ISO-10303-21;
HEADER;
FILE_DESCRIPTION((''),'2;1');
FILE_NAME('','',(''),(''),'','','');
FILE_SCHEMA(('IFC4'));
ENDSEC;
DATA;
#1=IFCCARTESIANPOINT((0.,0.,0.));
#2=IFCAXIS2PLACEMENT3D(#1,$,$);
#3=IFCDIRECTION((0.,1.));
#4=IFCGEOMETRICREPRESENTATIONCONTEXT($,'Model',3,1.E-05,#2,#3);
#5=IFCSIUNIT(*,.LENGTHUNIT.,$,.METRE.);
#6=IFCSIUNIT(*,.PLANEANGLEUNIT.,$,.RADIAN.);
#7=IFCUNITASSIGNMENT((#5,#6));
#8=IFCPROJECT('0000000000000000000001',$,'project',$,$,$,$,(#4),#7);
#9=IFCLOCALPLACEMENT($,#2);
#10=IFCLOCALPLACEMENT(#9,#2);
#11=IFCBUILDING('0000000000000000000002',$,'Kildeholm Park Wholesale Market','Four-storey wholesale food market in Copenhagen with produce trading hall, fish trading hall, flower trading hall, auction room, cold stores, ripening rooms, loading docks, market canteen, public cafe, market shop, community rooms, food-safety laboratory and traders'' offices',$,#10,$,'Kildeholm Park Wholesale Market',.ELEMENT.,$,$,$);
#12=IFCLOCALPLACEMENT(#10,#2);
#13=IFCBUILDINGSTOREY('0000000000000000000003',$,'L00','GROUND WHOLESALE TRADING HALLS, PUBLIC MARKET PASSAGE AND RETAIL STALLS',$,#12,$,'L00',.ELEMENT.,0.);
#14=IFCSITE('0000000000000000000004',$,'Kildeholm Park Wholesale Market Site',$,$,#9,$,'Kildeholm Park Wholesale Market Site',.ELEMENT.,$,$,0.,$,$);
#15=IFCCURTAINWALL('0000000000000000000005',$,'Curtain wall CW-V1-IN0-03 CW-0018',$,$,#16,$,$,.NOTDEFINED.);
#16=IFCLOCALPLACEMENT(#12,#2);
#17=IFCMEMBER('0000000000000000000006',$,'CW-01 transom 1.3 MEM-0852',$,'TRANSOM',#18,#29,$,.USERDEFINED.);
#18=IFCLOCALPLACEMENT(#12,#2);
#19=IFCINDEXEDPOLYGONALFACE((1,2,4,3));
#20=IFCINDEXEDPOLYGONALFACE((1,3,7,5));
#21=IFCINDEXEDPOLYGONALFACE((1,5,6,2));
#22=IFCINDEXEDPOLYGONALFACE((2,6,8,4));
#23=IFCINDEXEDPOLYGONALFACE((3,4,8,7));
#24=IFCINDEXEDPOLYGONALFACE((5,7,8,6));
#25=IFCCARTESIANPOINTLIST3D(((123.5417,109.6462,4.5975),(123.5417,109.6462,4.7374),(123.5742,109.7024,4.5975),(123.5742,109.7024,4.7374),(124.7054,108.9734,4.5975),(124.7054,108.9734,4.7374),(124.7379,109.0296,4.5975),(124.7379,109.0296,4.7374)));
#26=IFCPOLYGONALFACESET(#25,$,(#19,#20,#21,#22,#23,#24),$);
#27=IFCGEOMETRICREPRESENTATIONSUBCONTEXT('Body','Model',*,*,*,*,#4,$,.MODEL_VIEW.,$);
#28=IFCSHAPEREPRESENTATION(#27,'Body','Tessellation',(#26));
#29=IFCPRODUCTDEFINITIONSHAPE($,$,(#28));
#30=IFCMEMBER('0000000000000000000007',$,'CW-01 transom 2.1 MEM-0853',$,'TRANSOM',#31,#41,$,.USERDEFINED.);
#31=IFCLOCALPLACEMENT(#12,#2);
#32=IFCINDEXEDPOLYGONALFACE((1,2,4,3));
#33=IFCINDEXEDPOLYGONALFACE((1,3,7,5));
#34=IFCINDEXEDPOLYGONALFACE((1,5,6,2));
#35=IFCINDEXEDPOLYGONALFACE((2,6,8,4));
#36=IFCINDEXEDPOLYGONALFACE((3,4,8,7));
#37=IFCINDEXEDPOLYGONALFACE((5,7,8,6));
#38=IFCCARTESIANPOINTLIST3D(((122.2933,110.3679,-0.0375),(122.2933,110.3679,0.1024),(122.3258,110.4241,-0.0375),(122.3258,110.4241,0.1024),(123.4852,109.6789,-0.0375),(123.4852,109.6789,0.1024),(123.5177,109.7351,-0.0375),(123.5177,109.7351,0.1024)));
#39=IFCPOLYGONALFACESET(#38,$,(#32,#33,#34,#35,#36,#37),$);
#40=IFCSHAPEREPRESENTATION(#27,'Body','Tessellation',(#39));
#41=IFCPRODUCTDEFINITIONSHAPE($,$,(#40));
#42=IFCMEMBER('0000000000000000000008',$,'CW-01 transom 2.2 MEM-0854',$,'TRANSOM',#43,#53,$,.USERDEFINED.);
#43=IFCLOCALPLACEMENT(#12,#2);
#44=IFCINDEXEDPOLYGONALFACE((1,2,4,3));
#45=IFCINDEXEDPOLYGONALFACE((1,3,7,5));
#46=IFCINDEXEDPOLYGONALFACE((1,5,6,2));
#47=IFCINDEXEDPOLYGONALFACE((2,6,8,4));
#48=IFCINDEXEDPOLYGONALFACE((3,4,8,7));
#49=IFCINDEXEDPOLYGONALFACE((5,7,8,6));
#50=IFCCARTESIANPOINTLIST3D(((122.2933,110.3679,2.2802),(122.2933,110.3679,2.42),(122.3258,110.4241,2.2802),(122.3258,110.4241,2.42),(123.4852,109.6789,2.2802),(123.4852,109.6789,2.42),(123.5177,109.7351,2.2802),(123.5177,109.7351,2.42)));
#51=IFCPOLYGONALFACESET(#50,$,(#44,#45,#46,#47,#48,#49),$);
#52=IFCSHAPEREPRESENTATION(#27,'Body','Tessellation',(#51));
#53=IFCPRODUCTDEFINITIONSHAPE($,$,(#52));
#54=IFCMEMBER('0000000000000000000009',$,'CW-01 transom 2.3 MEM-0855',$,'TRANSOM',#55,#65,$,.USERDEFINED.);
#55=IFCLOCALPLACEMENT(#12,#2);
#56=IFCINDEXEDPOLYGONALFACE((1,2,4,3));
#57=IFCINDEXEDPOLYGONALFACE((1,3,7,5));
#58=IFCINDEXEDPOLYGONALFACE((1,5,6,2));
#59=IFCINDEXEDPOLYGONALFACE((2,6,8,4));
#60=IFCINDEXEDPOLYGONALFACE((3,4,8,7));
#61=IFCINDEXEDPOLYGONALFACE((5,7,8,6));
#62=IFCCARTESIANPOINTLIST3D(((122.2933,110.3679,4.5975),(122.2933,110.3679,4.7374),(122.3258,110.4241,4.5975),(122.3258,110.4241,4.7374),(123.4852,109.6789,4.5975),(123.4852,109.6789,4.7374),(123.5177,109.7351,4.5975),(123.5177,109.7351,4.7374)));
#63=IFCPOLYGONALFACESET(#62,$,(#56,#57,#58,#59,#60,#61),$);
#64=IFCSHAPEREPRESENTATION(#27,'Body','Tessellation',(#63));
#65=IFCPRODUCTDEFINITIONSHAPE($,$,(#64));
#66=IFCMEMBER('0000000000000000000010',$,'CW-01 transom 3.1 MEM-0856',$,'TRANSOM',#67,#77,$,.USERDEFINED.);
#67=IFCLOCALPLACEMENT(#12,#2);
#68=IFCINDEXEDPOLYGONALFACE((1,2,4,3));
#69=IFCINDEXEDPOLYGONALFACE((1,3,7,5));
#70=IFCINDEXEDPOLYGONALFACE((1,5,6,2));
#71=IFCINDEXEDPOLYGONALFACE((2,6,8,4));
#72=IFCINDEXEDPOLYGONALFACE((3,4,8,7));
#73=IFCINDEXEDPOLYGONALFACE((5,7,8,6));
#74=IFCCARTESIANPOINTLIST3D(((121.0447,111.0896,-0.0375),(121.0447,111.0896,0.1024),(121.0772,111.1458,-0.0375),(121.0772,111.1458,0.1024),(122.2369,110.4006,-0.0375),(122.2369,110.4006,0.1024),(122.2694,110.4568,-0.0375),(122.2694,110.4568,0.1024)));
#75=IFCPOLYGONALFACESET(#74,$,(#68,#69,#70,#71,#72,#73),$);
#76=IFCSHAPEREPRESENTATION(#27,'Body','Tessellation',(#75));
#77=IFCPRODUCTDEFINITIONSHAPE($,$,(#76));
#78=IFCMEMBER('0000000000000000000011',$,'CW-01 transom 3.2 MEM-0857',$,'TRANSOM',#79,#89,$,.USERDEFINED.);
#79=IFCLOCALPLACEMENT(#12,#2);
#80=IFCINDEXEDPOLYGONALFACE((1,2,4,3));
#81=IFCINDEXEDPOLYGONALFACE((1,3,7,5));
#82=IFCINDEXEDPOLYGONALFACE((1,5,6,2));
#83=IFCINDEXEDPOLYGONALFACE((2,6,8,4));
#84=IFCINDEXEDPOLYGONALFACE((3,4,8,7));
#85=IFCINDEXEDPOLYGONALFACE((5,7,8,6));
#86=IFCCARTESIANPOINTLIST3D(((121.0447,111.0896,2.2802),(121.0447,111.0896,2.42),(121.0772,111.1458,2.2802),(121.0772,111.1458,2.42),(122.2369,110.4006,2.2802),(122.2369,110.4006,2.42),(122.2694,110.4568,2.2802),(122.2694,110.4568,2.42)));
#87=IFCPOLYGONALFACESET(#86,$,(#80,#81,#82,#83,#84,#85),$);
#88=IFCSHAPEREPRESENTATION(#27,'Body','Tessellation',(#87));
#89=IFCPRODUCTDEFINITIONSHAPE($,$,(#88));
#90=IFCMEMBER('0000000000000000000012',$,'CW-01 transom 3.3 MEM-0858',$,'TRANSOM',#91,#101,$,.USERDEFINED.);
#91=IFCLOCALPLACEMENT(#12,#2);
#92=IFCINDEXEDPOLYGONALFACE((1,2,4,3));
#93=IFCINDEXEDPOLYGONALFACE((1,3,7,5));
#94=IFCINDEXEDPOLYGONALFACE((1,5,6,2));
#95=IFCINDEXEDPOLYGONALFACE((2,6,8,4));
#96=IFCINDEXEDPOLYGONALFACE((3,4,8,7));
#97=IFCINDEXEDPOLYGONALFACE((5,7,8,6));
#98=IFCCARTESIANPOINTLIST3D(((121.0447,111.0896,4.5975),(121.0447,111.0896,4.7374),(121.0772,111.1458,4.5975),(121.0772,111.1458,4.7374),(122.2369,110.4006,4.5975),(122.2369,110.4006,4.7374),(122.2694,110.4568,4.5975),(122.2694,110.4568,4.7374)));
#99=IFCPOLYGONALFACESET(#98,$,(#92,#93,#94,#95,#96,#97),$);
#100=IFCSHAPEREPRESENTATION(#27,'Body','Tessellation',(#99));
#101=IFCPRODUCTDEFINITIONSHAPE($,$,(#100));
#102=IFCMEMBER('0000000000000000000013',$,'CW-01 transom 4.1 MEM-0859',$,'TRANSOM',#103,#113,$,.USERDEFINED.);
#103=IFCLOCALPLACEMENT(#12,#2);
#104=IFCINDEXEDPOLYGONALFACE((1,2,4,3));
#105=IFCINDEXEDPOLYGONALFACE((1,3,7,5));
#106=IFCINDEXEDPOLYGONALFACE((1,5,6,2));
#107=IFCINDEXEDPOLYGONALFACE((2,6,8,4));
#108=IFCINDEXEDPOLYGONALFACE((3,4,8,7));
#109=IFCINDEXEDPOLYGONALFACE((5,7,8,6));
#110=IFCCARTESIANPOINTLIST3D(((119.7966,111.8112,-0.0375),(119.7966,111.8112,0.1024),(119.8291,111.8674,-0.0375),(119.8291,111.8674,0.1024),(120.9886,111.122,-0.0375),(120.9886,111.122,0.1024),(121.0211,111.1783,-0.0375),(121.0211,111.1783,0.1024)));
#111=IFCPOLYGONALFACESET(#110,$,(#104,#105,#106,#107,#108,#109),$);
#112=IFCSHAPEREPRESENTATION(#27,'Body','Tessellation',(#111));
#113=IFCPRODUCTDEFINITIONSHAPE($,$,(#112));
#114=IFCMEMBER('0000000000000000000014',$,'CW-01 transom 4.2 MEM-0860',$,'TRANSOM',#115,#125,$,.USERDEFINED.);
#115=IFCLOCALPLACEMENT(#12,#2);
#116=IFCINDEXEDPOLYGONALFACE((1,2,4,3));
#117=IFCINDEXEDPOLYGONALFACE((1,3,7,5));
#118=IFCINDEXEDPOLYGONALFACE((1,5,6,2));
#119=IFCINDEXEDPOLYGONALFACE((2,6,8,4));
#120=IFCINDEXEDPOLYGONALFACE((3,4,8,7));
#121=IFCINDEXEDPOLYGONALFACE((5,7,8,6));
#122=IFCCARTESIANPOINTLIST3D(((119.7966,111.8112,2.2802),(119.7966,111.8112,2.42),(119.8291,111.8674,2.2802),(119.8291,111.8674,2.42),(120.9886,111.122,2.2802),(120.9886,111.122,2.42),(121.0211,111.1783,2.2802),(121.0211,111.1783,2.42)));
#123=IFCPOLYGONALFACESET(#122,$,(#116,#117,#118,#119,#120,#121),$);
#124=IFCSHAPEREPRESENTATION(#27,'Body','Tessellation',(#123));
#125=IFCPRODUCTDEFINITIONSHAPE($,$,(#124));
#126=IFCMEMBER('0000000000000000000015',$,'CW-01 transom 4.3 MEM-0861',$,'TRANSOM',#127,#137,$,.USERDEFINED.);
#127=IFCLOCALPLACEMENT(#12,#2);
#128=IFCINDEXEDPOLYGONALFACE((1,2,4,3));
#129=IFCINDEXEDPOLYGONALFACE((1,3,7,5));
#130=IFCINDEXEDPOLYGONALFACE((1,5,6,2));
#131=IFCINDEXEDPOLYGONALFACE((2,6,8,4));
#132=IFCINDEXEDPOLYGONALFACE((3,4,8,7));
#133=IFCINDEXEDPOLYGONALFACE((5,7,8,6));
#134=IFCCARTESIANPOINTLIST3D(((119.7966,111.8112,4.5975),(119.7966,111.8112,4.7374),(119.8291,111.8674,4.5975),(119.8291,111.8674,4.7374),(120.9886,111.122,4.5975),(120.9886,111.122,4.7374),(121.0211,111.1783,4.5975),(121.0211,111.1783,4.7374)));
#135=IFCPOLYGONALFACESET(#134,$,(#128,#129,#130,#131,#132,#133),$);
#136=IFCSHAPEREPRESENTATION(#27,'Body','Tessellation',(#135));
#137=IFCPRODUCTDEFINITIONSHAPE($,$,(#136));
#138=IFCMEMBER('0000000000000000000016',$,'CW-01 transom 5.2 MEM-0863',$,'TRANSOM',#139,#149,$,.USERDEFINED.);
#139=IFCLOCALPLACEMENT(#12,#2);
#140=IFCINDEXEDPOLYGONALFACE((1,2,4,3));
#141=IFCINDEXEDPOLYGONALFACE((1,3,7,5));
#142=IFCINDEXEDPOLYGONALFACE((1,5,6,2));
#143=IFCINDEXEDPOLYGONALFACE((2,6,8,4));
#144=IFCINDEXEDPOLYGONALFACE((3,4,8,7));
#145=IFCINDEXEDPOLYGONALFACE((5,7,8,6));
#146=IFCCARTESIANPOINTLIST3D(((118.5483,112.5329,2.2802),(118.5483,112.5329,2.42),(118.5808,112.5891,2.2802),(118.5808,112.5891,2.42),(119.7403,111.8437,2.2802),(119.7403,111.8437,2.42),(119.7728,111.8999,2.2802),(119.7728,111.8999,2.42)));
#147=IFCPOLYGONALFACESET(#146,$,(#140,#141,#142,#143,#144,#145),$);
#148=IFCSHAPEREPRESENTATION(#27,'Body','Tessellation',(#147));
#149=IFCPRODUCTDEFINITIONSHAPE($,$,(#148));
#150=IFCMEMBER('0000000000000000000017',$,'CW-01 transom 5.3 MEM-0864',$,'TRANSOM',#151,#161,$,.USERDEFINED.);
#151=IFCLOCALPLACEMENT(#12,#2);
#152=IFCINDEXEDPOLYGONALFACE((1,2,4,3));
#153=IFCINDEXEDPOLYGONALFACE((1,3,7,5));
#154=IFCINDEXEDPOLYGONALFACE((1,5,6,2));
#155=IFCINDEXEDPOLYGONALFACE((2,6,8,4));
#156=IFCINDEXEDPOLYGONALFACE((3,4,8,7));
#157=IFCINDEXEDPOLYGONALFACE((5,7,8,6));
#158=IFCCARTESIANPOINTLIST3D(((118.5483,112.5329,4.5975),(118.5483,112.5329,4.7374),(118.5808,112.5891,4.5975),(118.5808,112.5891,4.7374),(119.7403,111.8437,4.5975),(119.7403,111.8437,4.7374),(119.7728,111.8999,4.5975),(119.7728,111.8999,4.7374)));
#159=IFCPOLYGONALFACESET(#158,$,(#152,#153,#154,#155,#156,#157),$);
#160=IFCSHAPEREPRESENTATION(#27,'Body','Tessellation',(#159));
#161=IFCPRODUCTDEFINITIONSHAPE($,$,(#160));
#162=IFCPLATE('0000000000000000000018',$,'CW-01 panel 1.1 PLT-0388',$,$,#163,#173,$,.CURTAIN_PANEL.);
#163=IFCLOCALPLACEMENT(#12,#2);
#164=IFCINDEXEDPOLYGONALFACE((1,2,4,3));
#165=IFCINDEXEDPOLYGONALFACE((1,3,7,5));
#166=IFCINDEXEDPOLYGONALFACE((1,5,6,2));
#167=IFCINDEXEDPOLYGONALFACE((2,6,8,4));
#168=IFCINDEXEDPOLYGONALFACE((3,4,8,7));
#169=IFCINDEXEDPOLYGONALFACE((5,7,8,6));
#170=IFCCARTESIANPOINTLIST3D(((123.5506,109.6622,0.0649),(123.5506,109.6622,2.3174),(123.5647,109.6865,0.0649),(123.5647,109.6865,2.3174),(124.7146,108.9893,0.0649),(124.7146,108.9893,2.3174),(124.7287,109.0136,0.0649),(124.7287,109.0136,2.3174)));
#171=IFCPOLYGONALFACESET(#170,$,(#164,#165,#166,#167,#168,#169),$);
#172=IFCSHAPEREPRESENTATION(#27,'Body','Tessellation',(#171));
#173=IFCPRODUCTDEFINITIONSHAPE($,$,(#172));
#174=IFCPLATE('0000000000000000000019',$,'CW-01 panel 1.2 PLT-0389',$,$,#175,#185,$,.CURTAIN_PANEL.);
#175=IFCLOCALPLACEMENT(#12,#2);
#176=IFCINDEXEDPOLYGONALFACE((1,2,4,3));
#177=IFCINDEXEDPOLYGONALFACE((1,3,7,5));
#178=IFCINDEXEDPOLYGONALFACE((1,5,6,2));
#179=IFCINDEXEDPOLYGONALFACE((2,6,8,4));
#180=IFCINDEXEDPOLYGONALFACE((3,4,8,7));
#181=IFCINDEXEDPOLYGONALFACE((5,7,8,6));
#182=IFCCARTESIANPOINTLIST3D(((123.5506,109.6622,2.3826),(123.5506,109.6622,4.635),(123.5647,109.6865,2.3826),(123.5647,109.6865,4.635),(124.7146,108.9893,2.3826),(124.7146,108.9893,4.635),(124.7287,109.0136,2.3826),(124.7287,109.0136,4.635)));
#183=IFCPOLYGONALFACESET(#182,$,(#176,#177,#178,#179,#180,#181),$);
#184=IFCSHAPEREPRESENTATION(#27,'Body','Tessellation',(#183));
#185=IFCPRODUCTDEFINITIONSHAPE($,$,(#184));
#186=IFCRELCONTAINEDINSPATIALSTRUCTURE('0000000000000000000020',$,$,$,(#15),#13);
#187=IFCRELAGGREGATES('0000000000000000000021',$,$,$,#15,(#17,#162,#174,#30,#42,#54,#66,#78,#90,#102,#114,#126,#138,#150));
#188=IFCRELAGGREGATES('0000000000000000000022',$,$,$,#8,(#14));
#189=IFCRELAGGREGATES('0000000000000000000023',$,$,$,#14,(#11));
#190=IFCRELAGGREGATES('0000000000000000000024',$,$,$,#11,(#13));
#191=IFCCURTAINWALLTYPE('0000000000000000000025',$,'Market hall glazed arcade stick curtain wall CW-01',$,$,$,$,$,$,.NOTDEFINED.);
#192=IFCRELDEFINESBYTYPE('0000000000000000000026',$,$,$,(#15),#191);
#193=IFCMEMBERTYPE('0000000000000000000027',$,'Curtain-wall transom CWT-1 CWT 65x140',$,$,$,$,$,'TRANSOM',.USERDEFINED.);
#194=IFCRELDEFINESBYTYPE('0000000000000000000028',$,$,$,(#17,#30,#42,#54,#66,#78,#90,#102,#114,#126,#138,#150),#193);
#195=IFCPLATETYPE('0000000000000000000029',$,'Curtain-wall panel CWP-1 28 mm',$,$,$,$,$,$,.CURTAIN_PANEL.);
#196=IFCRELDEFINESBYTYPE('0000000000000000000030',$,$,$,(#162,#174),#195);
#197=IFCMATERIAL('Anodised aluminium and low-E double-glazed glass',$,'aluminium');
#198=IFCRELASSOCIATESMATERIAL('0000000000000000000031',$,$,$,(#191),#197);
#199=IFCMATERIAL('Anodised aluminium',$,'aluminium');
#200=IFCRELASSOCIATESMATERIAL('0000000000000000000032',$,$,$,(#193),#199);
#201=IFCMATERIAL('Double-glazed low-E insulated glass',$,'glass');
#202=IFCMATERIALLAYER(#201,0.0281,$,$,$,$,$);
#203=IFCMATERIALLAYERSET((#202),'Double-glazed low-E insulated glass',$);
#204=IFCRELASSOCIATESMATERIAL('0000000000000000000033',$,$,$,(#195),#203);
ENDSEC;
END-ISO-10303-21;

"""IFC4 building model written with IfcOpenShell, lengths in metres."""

from ifc_helpers import new_model, si_unit, direction, frame, origin, origin_2d, place, context, subcontext, project, spatial, rectangle, extrude, material, layer, layer_set, material_profile, profile_set, type_object, element, aggregate, save


model = new_model("IFC4")

# Units and contexts
model_context = context("Model", 3, precision=1e-05, world=origin(), true_north=direction((0.0, 1.0)))
body_context = subcontext(model_context, "Body", "Model", "MODEL_VIEW")
ifc_project = project(units=[si_unit("LENGTHUNIT", "METRE"), si_unit("PLANEANGLEUNIT", "RADIAN")], contexts=[model_context])

# Site, building, storey
site_placement = place(None, origin())
site = spatial("IfcSite", under=ifc_project, at=site_placement, Name="Kildeholm Park Wholesale Market Site", LongName="Kildeholm Park Wholesale Market Site", CompositionType="ELEMENT", RefElevation=0.0)
building_placement = place(site_placement, origin())
building = spatial("IfcBuilding", under=site, at=building_placement, Name="Kildeholm Park Wholesale Market", Description="Four-storey wholesale food market in Copenhagen with produce trading hall, fish trading hall, flower trading hall, auction room, cold stores, ripening rooms, loading docks, market canteen, public cafe, market shop, community rooms, food-safety laboratory and traders' offices", LongName="Kildeholm Park Wholesale Market", CompositionType="ELEMENT")
storey_placement = place(building_placement, origin())
storey = spatial("IfcBuildingStorey", under=building, at=storey_placement, Name="L00", Description="GROUND WHOLESALE TRADING HALLS, PUBLIC MARKET PASSAGE AND RETAIL STALLS", LongName="L00", CompositionType="ELEMENT", Elevation=0.0)

# Curtain wall, members, plates
ifc_material_1 = material(Name="Anodised aluminium and low-E double-glazed glass", Category="aluminium")
curtain_wall_type = type_object("IfcCurtainWallType", Name="Market hall glazed arcade stick curtain wall CW-01", PredefinedType="NOTDEFINED", material=ifc_material_1)
curtain_wall_placement = place(storey_placement, origin())
curtain_wall = element("IfcCurtainWall", 1, at=curtain_wall_placement, inside=storey, type_object=curtain_wall_type, Name="Curtain wall CW-V1-IN0-03 CW-0018", PredefinedType="NOTDEFINED")
ifc_material_2 = material(Name="Anodised aluminium", Category="aluminium")
ifc_material_profile_1 = material_profile(ifc_material_2, rectangle(XDim=0.0649, YDim=0.1399, at=origin_2d()), Name="CWT 65x140")
ifc_profile_set_1 = profile_set([ifc_material_profile_1], Name="Anodised aluminium")
member_type_1 = type_object("IfcMemberType", Name="Curtain-wall transom CWT-1 CWT 65x140", ElementType="TRANSOM", PredefinedType="USERDEFINED", material=ifc_profile_set_1)
member_1_placement = place(storey_placement, frame((124.7217, 109.0015, 4.6675), z_axis=(-0.865729, 0.500514, 0.0), x_axis=(-0.500514, -0.865729, 0.0)))
member_1 = element("IfcMember", 2, at=member_1_placement, type_object=member_type_1, Name="CW-01 transom 1.3 MEM-0852", ObjectType="TRANSOM", PredefinedType="USERDEFINED", context=body_context, shape_type="SweptSolid", body=[
    extrude(rectangle(XDim=0.0649, YDim=0.1399, at=origin_2d()), origin(), (0.0, 0.0, 1.0), 1.3442),
])
member_2_placement = place(storey_placement, frame((123.5015, 109.707, 0.0325), z_axis=(-0.865766, 0.500449, 0.0), x_axis=(-0.500449, -0.865766, 0.0)))
member_2 = element("IfcMember", 3, at=member_2_placement, type_object=member_type_1, Name="CW-01 transom 2.1 MEM-0853", ObjectType="TRANSOM", PredefinedType="USERDEFINED", context=body_context, shape_type="SweptSolid", body=[
    extrude(rectangle(XDim=0.0649, YDim=0.1399, at=origin_2d()), origin(), (0.0, 0.0, 1.0), 1.3767),
])
member_3_placement = place(storey_placement, frame((123.5015, 109.707, 2.3501), z_axis=(-0.865766, 0.500449, 0.0), x_axis=(-0.500449, -0.865766, 0.0)))
member_3 = element("IfcMember", 4, at=member_3_placement, type_object=member_type_1, Name="CW-01 transom 2.2 MEM-0854", ObjectType="TRANSOM", PredefinedType="USERDEFINED", context=body_context, shape_type="SweptSolid", body=[
    extrude(rectangle(XDim=0.0649, YDim=0.1399, at=origin_2d()), origin(), (0.0, 0.0, 1.0), 1.3767),
])
member_4_placement = place(storey_placement, frame((123.5015, 109.707, 4.6675), z_axis=(-0.865766, 0.500449, 0.0), x_axis=(-0.500449, -0.865766, 0.0)))
member_4 = element("IfcMember", 5, at=member_4_placement, type_object=member_type_1, Name="CW-01 transom 2.3 MEM-0855", ObjectType="TRANSOM", PredefinedType="USERDEFINED", context=body_context, shape_type="SweptSolid", body=[
    extrude(rectangle(XDim=0.0649, YDim=0.1399, at=origin_2d()), origin(), (0.0, 0.0, 1.0), 1.3767),
])
member_5_placement = place(storey_placement, frame((122.2532, 110.4287, 0.0325), z_axis=(-0.86581, 0.500372, 0.0), x_axis=(-0.500372, -0.86581, 0.0)))
member_5 = element("IfcMember", 6, at=member_5_placement, type_object=member_type_1, Name="CW-01 transom 3.1 MEM-0856", ObjectType="TRANSOM", PredefinedType="USERDEFINED", context=body_context, shape_type="SweptSolid", body=[
    extrude(rectangle(XDim=0.0649, YDim=0.1399, at=origin_2d()), origin(), (0.0, 0.0, 1.0), 1.377),
])
member_6_placement = place(storey_placement, frame((122.2532, 110.4287, 2.3501), z_axis=(-0.86581, 0.500372, 0.0), x_axis=(-0.500372, -0.86581, 0.0)))
member_6 = element("IfcMember", 7, at=member_6_placement, type_object=member_type_1, Name="CW-01 transom 3.2 MEM-0857", ObjectType="TRANSOM", PredefinedType="USERDEFINED", context=body_context, shape_type="SweptSolid", body=[
    extrude(rectangle(XDim=0.0649, YDim=0.1399, at=origin_2d()), origin(), (0.0, 0.0, 1.0), 1.377),
])
member_7_placement = place(storey_placement, frame((122.2532, 110.4287, 4.6675), z_axis=(-0.86581, 0.500372, 0.0), x_axis=(-0.500372, -0.86581, 0.0)))
member_7 = element("IfcMember", 8, at=member_7_placement, type_object=member_type_1, Name="CW-01 transom 3.3 MEM-0858", ObjectType="TRANSOM", PredefinedType="USERDEFINED", context=body_context, shape_type="SweptSolid", body=[
    extrude(rectangle(XDim=0.0649, YDim=0.1399, at=origin_2d()), origin(), (0.0, 0.0, 1.0), 1.377),
])
member_8_placement = place(storey_placement, frame((121.0049, 111.1501, 0.0325), z_axis=(-0.865734, 0.500505, 0.0), x_axis=(-0.500505, -0.865734, 0.0)))
member_8 = element("IfcMember", 9, at=member_8_placement, type_object=member_type_1, Name="CW-01 transom 4.1 MEM-0859", ObjectType="TRANSOM", PredefinedType="USERDEFINED", context=body_context, shape_type="SweptSolid", body=[
    extrude(rectangle(XDim=0.0649, YDim=0.1399, at=origin_2d()), origin(), (0.0, 0.0, 1.0), 1.377),
])
member_9_placement = place(storey_placement, frame((121.0049, 111.1501, 2.3501), z_axis=(-0.865734, 0.500505, 0.0), x_axis=(-0.500505, -0.865734, 0.0)))
member_9 = element("IfcMember", 10, at=member_9_placement, type_object=member_type_1, Name="CW-01 transom 4.2 MEM-0860", ObjectType="TRANSOM", PredefinedType="USERDEFINED", context=body_context, shape_type="SweptSolid", body=[
    extrude(rectangle(XDim=0.0649, YDim=0.1399, at=origin_2d()), origin(), (0.0, 0.0, 1.0), 1.377),
])
member_10_placement = place(storey_placement, frame((121.0049, 111.1501, 4.6675), z_axis=(-0.865734, 0.500505, 0.0), x_axis=(-0.500505, -0.865734, 0.0)))
member_10 = element("IfcMember", 11, at=member_10_placement, type_object=member_type_1, Name="CW-01 transom 4.3 MEM-0861", ObjectType="TRANSOM", PredefinedType="USERDEFINED", context=body_context, shape_type="SweptSolid", body=[
    extrude(rectangle(XDim=0.0649, YDim=0.1399, at=origin_2d()), origin(), (0.0, 0.0, 1.0), 1.377),
])
member_11_placement = place(storey_placement, frame((119.7566, 111.8718, 2.3501), z_axis=(-0.865734, 0.500505, 0.0), x_axis=(-0.500505, -0.865734, 0.0)))
member_11 = element("IfcMember", 12, at=member_11_placement, type_object=member_type_1, Name="CW-01 transom 5.2 MEM-0863", ObjectType="TRANSOM", PredefinedType="USERDEFINED", context=body_context, shape_type="SweptSolid", body=[
    extrude(rectangle(XDim=0.0649, YDim=0.1399, at=origin_2d()), origin(), (0.0, 0.0, 1.0), 1.377),
])
member_12_placement = place(storey_placement, frame((119.7566, 111.8718, 4.6675), z_axis=(-0.865734, 0.500505, 0.0), x_axis=(-0.500505, -0.865734, 0.0)))
member_12 = element("IfcMember", 13, at=member_12_placement, type_object=member_type_1, Name="CW-01 transom 5.3 MEM-0864", ObjectType="TRANSOM", PredefinedType="USERDEFINED", context=body_context, shape_type="SweptSolid", body=[
    extrude(rectangle(XDim=0.0649, YDim=0.1399, at=origin_2d()), origin(), (0.0, 0.0, 1.0), 1.377),
])
ifc_material_3 = material(Name="Double-glazed low-E insulated glass", Category="glass")
ifc_layer_1 = layer(ifc_material_3, 0.0281)
ifc_layer_set_1 = layer_set([ifc_layer_1], Name="Double-glazed low-E insulated glass")
plate_type = type_object("IfcPlateType", Name="Curtain-wall panel CWP-1 28 mm", PredefinedType="CURTAIN_PANEL", material=ifc_layer_set_1)
plate_1_placement = place(storey_placement, frame((124.1396, 109.3379, 0.0649), z_axis=(0.0, 0.0, 1.0), x_axis=(-0.865743, 0.500489, 0.0)))
plate_1 = element("IfcPlate", 14, at=plate_1_placement, type_object=plate_type, Name="CW-01 panel 1.1 PLT-0388", PredefinedType="CURTAIN_PANEL", context=body_context, shape_type="SweptSolid", body=[
    extrude(rectangle(XDim=1.3445, YDim=0.0281, at=origin_2d()), origin(), (0.0, 0.0, 1.0), 2.2524),
])
plate_2_placement = place(storey_placement, frame((124.1396, 109.3379, 2.3826), z_axis=(0.0, 0.0, 1.0), x_axis=(-0.865743, 0.500489, 0.0)))
plate_2 = element("IfcPlate", 15, at=plate_2_placement, type_object=plate_type, Name="CW-01 panel 1.2 PLT-0389", PredefinedType="CURTAIN_PANEL", context=body_context, shape_type="SweptSolid", body=[
    extrude(rectangle(XDim=1.3445, YDim=0.0281, at=origin_2d()), origin(), (0.0, 0.0, 1.0), 2.2524),
])
aggregate(curtain_wall, [member_1, plate_1, plate_2, member_2, member_3, member_4, member_5, member_6, member_7, member_8, member_9, member_10, member_11, member_12])

save(model, "model.ifc")
